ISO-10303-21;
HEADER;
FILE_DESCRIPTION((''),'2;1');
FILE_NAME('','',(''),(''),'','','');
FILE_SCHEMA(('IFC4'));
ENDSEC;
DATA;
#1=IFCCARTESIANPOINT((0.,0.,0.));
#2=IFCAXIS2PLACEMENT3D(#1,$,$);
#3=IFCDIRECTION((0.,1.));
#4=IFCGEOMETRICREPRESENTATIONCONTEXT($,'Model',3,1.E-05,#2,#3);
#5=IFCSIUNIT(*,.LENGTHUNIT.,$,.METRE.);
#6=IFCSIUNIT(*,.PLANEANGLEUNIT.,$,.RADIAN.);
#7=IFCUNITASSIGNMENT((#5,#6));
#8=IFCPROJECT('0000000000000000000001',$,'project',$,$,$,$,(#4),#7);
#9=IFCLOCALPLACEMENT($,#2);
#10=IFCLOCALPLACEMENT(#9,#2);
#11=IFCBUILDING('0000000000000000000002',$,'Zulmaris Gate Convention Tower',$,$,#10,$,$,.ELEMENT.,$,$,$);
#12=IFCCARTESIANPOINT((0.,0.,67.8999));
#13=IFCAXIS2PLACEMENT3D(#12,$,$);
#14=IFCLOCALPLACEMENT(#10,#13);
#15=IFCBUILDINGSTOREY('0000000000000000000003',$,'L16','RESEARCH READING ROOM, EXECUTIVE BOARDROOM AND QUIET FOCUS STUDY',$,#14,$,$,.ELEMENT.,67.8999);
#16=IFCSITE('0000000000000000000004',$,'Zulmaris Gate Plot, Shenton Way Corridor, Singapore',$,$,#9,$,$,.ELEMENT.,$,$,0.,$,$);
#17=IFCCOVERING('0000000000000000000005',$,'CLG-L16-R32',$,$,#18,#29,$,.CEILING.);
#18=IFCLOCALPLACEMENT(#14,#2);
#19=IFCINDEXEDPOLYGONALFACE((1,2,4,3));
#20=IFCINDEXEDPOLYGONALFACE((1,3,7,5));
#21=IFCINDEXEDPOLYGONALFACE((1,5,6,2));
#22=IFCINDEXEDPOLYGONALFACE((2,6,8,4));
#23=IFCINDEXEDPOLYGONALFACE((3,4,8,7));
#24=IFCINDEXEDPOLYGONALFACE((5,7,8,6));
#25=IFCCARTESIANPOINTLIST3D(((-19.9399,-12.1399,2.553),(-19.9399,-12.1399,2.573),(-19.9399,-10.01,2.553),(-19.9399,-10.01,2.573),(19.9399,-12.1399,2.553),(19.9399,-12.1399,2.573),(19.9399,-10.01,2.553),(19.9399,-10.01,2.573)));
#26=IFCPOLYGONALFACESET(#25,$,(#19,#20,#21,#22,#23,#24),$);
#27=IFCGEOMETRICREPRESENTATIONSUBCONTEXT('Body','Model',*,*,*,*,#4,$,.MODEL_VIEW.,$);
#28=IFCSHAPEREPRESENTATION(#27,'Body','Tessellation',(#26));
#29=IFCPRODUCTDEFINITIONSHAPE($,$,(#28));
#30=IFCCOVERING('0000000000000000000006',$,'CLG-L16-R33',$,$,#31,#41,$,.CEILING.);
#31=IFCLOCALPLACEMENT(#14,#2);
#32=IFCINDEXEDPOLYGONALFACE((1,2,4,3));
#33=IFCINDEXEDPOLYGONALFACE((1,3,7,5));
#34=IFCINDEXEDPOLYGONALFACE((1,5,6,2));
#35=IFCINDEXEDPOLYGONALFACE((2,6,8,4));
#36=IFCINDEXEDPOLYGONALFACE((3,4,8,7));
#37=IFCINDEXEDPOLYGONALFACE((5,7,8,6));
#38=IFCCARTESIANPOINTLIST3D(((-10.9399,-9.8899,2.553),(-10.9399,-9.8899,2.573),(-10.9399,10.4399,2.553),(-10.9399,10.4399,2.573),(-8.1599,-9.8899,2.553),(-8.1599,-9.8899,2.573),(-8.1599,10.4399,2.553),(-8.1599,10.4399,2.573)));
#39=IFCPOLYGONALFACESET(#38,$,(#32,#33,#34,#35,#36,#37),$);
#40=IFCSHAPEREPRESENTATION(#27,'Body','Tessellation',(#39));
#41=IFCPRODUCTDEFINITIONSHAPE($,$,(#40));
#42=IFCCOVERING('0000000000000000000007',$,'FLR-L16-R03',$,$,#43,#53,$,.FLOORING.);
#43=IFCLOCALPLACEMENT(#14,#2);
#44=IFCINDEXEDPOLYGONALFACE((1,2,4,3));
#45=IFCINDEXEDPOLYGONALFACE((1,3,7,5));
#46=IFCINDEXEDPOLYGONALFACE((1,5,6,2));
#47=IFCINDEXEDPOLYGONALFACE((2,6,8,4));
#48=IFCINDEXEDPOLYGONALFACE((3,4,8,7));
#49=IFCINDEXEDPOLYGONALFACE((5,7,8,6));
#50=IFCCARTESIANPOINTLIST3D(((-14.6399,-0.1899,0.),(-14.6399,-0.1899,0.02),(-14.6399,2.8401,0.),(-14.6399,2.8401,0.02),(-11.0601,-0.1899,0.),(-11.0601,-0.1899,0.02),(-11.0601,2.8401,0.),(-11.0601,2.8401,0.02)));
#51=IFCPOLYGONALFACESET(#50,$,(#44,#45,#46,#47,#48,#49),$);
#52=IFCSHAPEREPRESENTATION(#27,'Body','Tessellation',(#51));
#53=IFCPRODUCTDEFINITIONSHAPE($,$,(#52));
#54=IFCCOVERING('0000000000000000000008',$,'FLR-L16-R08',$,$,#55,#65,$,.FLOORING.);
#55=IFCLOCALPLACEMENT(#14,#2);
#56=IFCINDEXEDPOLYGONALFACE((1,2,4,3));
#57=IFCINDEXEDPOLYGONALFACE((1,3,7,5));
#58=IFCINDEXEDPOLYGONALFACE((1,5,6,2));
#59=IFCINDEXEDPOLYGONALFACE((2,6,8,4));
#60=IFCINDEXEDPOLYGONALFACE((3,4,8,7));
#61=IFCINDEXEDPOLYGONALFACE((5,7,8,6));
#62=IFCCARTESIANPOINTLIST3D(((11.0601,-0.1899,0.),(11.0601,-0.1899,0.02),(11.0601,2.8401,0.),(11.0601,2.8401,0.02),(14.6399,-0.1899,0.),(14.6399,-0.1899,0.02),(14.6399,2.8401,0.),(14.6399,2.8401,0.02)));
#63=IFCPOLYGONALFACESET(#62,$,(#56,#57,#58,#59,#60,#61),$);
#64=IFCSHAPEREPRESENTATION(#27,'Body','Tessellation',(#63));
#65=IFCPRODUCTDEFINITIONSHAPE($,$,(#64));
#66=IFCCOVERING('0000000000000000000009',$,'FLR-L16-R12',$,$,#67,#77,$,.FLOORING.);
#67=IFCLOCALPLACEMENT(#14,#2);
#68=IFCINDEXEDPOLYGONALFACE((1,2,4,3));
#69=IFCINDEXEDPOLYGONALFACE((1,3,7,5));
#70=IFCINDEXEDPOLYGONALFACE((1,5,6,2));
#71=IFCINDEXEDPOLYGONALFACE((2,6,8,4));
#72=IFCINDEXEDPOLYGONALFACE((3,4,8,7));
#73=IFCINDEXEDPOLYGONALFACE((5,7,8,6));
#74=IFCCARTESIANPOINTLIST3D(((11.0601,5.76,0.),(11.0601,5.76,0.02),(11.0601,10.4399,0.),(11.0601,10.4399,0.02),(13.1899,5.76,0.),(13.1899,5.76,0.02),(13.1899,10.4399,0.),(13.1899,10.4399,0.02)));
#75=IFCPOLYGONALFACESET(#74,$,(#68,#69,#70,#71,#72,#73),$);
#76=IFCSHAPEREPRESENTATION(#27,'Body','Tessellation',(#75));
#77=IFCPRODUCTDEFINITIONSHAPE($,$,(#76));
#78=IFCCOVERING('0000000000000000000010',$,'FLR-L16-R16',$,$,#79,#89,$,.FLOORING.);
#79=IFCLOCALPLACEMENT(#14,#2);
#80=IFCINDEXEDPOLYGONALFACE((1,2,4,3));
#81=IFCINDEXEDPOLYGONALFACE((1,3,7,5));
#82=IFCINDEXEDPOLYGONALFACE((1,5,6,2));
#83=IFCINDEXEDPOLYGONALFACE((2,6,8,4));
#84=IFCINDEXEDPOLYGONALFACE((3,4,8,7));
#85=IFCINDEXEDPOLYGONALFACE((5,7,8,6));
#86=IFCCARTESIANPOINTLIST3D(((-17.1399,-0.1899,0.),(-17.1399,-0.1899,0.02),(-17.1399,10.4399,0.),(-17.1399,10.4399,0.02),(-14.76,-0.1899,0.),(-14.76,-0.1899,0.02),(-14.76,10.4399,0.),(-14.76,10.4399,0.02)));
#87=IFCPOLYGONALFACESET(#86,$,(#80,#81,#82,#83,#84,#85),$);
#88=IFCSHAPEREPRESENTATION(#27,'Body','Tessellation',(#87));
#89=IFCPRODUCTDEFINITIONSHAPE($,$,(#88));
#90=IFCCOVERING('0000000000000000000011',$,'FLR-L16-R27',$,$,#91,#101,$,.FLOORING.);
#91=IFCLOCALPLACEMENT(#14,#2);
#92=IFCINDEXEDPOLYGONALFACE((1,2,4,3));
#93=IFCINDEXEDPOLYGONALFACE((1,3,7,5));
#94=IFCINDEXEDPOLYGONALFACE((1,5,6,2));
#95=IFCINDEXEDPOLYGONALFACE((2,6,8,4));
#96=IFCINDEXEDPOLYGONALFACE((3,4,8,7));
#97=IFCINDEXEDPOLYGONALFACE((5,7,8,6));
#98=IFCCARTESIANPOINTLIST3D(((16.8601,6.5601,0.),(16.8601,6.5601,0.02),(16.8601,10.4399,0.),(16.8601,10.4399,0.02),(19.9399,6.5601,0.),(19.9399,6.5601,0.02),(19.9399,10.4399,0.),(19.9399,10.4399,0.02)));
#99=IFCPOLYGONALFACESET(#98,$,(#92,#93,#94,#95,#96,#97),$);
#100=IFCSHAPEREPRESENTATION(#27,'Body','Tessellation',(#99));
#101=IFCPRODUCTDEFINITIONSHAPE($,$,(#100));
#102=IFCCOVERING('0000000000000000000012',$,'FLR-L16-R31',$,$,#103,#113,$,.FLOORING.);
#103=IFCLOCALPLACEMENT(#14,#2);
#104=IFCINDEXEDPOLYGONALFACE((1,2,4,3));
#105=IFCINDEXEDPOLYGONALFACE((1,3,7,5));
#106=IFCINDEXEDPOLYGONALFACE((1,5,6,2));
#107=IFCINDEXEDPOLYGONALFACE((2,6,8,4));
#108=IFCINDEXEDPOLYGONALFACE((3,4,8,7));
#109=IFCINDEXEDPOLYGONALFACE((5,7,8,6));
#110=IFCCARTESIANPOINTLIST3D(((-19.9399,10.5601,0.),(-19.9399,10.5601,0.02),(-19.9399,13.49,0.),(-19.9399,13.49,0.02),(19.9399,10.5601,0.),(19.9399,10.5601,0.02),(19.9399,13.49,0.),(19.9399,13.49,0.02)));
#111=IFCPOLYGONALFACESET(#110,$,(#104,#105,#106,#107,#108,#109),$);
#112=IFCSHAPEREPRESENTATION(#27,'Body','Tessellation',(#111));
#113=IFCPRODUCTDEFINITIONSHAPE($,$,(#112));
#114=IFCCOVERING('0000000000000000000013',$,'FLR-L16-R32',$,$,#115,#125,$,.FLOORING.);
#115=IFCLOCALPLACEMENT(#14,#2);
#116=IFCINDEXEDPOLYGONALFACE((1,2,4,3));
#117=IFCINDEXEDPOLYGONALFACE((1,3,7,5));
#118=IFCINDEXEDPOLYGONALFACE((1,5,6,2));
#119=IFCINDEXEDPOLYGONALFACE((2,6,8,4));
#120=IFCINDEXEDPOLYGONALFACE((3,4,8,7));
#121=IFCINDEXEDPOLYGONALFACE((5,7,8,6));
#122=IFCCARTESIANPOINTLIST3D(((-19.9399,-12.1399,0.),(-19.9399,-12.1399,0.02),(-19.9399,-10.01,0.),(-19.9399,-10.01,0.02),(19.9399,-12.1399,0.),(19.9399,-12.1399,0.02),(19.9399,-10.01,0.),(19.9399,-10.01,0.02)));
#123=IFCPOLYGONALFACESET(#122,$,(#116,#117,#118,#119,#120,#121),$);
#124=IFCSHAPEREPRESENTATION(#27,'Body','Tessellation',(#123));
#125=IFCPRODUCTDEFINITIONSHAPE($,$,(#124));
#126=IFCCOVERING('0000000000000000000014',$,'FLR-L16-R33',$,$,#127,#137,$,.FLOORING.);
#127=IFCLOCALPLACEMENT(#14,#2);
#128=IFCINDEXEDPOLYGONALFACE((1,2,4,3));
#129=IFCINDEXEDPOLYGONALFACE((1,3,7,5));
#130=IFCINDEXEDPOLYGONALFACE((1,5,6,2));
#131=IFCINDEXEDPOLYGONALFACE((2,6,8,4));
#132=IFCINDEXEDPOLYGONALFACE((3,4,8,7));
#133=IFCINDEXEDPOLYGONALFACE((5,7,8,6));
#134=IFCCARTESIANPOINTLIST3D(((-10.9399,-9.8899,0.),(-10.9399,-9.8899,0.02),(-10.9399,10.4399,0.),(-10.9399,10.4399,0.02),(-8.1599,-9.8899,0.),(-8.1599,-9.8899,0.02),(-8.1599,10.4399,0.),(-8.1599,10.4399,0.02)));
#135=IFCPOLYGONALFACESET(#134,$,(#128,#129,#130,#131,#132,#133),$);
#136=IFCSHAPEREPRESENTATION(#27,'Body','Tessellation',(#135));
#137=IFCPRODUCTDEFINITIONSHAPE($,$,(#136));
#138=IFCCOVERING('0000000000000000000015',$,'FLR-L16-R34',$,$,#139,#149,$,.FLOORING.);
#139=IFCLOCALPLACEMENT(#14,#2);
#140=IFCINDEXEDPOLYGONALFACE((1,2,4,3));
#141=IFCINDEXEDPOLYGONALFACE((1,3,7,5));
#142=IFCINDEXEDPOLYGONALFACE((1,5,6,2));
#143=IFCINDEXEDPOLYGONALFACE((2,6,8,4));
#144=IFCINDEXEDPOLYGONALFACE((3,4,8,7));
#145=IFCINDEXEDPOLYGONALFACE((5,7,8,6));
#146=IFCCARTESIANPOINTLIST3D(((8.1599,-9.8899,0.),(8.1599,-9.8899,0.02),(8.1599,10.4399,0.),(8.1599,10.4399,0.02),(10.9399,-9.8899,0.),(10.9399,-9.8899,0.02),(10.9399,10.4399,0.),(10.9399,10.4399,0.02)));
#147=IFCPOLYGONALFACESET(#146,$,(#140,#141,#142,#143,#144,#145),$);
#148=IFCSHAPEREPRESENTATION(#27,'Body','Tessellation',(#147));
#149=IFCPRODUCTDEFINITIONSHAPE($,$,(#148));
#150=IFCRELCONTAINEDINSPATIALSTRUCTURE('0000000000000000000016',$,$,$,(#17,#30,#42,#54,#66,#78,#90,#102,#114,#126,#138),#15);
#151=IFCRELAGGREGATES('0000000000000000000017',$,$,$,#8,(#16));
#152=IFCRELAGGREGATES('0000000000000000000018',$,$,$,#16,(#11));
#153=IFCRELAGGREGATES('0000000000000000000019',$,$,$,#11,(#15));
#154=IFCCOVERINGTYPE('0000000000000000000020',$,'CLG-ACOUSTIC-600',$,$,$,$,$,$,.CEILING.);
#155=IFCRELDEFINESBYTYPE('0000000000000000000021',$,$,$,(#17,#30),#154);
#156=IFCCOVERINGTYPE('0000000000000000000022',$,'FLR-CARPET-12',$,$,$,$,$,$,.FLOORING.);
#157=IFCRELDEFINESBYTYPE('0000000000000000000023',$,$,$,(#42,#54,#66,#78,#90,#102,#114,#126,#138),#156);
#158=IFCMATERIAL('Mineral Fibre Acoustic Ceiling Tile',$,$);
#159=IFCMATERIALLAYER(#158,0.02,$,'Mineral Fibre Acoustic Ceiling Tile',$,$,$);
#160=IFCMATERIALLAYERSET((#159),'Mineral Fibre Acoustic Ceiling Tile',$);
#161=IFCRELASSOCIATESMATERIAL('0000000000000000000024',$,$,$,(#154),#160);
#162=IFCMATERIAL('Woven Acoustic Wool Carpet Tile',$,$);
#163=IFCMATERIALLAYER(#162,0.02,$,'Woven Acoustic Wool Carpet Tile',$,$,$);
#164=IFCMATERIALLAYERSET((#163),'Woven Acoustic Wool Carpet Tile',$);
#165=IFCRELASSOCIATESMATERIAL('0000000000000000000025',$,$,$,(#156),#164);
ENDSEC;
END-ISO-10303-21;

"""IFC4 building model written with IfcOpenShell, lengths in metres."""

from ifc_helpers import new_model, si_unit, direction, frame, origin, place, context, subcontext, project, spatial, polyline, outline, extrude, material, layer, layer_set, type_object, element, save


model = new_model("IFC4")

# Units and contexts
model_context = context("Model", 3, precision=1e-05, world=origin(), true_north=direction((0.0, 1.0)))
body_context = subcontext(model_context, "Body", "Model", "MODEL_VIEW")
ifc_project = project(units=[si_unit("LENGTHUNIT", "METRE"), si_unit("PLANEANGLEUNIT", "RADIAN")], contexts=[model_context])

# Site, building, storey
site_placement = place(None, origin())
site = spatial("IfcSite", under=ifc_project, at=site_placement, Name="Zulmaris Gate Plot, Shenton Way Corridor, Singapore", CompositionType="ELEMENT", RefElevation=0.0)
building_placement = place(site_placement, origin())
building = spatial("IfcBuilding", under=site, at=building_placement, Name="Zulmaris Gate Convention Tower", CompositionType="ELEMENT")
storey_placement = place(building_placement, frame((0.0, 0.0, 67.8999)))
storey = spatial("IfcBuildingStorey", under=building, at=storey_placement, Name="L16", Description="RESEARCH READING ROOM, EXECUTIVE BOARDROOM AND QUIET FOCUS STUDY", CompositionType="ELEMENT", Elevation=67.8999)

# Coverings
ifc_material_1 = material(Name="Mineral Fibre Acoustic Ceiling Tile")
ifc_layer_1 = layer(ifc_material_1, 0.02, Name="Mineral Fibre Acoustic Ceiling Tile")
ifc_layer_set_1 = layer_set([ifc_layer_1], Name="Mineral Fibre Acoustic Ceiling Tile")
covering_type_1 = type_object("IfcCoveringType", Name="CLG-ACOUSTIC-600", PredefinedType="CEILING", material=ifc_layer_set_1)
covering_1_placement = place(storey_placement, frame((0.0, 0.0, 2.553)))
element("IfcCovering", 1, at=covering_1_placement, inside=storey, type_object=covering_type_1, Name="CLG-L16-R32", PredefinedType="CEILING", context=body_context, shape_type="SweptSolid", body=[
    extrude(outline(polyline([(-19.9399, -12.1399), (19.9399, -12.1399), (19.9399, -10.01), (-19.9399, -10.01), (-19.9399, -12.1399)])), origin(), (0.0, 0.0, 1.0), 0.02),
])
covering_2_placement = place(storey_placement, frame((0.0, 0.0, 2.553)))
element("IfcCovering", 2, at=covering_2_placement, inside=storey, type_object=covering_type_1, Name="CLG-L16-R33", PredefinedType="CEILING", context=body_context, shape_type="SweptSolid", body=[
    extrude(outline(polyline([(-10.9399, -9.8899), (-8.1599, -9.8899), (-8.1599, 10.4399), (-10.9399, 10.4399), (-10.9399, -9.8899)])), origin(), (0.0, 0.0, 1.0), 0.02),
])
ifc_material_2 = material(Name="Woven Acoustic Wool Carpet Tile")
ifc_layer_2 = layer(ifc_material_2, 0.02, Name="Woven Acoustic Wool Carpet Tile")
ifc_layer_set_2 = layer_set([ifc_layer_2], Name="Woven Acoustic Wool Carpet Tile")
covering_type_2 = type_object("IfcCoveringType", Name="FLR-CARPET-12", PredefinedType="FLOORING", material=ifc_layer_set_2)
covering_3_placement = place(storey_placement, origin())
element("IfcCovering", 3, at=covering_3_placement, inside=storey, type_object=covering_type_2, Name="FLR-L16-R03", PredefinedType="FLOORING", context=body_context, shape_type="SweptSolid", body=[
    extrude(outline(polyline([(-14.6399, -0.1899), (-11.0601, -0.1899), (-11.0601, 2.8401), (-14.6399, 2.8401), (-14.6399, -0.1899)])), origin(), (0.0, 0.0, 1.0), 0.02),
])
covering_4_placement = place(storey_placement, origin())
element("IfcCovering", 4, at=covering_4_placement, inside=storey, type_object=covering_type_2, Name="FLR-L16-R08", PredefinedType="FLOORING", context=body_context, shape_type="SweptSolid", body=[
    extrude(outline(polyline([(11.0601, -0.1899), (14.6399, -0.1899), (14.6399, 2.8401), (11.0601, 2.8401), (11.0601, -0.1899)])), origin(), (0.0, 0.0, 1.0), 0.02),
])
covering_5_placement = place(storey_placement, origin())
element("IfcCovering", 5, at=covering_5_placement, inside=storey, type_object=covering_type_2, Name="FLR-L16-R12", PredefinedType="FLOORING", context=body_context, shape_type="SweptSolid", body=[
    extrude(outline(polyline([(11.0601, 5.76), (13.1899, 5.76), (13.1899, 10.4399), (11.0601, 10.4399), (11.0601, 5.76)])), origin(), (0.0, 0.0, 1.0), 0.02),
])
covering_6_placement = place(storey_placement, origin())
element("IfcCovering", 6, at=covering_6_placement, inside=storey, type_object=covering_type_2, Name="FLR-L16-R16", PredefinedType="FLOORING", context=body_context, shape_type="SweptSolid", body=[
    extrude(outline(polyline([(-17.1399, -0.1899), (-14.76, -0.1899), (-14.76, 10.4399), (-17.1399, 10.4399), (-17.1399, -0.1899)])), origin(), (0.0, 0.0, 1.0), 0.02),
])
covering_7_placement = place(storey_placement, origin())
element("IfcCovering", 7, at=covering_7_placement, inside=storey, type_object=covering_type_2, Name="FLR-L16-R27", PredefinedType="FLOORING", context=body_context, shape_type="SweptSolid", body=[
    extrude(outline(polyline([(16.8601, 6.5601), (19.9399, 6.5601), (19.9399, 10.4399), (16.8601, 10.4399), (16.8601, 6.5601)])), origin(), (0.0, 0.0, 1.0), 0.02),
])
covering_8_placement = place(storey_placement, origin())
element("IfcCovering", 8, at=covering_8_placement, inside=storey, type_object=covering_type_2, Name="FLR-L16-R31", PredefinedType="FLOORING", context=body_context, shape_type="SweptSolid", body=[
    extrude(outline(polyline([(-19.9399, 10.5601), (19.9399, 10.5601), (19.9399, 13.49), (-19.9399, 13.49), (-19.9399, 10.5601)])), origin(), (0.0, 0.0, 1.0), 0.02),
])
covering_9_placement = place(storey_placement, origin())
element("IfcCovering", 9, at=covering_9_placement, inside=storey, type_object=covering_type_2, Name="FLR-L16-R32", PredefinedType="FLOORING", context=body_context, shape_type="SweptSolid", body=[
    extrude(outline(polyline([(-19.9399, -12.1399), (19.9399, -12.1399), (19.9399, -10.01), (-19.9399, -10.01), (-19.9399, -12.1399)])), origin(), (0.0, 0.0, 1.0), 0.02),
])
covering_10_placement = place(storey_placement, origin())
element("IfcCovering", 10, at=covering_10_placement, inside=storey, type_object=covering_type_2, Name="FLR-L16-R33", PredefinedType="FLOORING", context=body_context, shape_type="SweptSolid", body=[
    extrude(outline(polyline([(-10.9399, -9.8899), (-8.1599, -9.8899), (-8.1599, 10.4399), (-10.9399, 10.4399), (-10.9399, -9.8899)])), origin(), (0.0, 0.0, 1.0), 0.02),
])
covering_11_placement = place(storey_placement, origin())
element("IfcCovering", 11, at=covering_11_placement, inside=storey, type_object=covering_type_2, Name="FLR-L16-R34", PredefinedType="FLOORING", context=body_context, shape_type="SweptSolid", body=[
    extrude(outline(polyline([(8.1599, -9.8899), (10.9399, -9.8899), (10.9399, 10.4399), (8.1599, 10.4399), (8.1599, -9.8899)])), origin(), (0.0, 0.0, 1.0), 0.02),
])

save(model, "model.ifc")
